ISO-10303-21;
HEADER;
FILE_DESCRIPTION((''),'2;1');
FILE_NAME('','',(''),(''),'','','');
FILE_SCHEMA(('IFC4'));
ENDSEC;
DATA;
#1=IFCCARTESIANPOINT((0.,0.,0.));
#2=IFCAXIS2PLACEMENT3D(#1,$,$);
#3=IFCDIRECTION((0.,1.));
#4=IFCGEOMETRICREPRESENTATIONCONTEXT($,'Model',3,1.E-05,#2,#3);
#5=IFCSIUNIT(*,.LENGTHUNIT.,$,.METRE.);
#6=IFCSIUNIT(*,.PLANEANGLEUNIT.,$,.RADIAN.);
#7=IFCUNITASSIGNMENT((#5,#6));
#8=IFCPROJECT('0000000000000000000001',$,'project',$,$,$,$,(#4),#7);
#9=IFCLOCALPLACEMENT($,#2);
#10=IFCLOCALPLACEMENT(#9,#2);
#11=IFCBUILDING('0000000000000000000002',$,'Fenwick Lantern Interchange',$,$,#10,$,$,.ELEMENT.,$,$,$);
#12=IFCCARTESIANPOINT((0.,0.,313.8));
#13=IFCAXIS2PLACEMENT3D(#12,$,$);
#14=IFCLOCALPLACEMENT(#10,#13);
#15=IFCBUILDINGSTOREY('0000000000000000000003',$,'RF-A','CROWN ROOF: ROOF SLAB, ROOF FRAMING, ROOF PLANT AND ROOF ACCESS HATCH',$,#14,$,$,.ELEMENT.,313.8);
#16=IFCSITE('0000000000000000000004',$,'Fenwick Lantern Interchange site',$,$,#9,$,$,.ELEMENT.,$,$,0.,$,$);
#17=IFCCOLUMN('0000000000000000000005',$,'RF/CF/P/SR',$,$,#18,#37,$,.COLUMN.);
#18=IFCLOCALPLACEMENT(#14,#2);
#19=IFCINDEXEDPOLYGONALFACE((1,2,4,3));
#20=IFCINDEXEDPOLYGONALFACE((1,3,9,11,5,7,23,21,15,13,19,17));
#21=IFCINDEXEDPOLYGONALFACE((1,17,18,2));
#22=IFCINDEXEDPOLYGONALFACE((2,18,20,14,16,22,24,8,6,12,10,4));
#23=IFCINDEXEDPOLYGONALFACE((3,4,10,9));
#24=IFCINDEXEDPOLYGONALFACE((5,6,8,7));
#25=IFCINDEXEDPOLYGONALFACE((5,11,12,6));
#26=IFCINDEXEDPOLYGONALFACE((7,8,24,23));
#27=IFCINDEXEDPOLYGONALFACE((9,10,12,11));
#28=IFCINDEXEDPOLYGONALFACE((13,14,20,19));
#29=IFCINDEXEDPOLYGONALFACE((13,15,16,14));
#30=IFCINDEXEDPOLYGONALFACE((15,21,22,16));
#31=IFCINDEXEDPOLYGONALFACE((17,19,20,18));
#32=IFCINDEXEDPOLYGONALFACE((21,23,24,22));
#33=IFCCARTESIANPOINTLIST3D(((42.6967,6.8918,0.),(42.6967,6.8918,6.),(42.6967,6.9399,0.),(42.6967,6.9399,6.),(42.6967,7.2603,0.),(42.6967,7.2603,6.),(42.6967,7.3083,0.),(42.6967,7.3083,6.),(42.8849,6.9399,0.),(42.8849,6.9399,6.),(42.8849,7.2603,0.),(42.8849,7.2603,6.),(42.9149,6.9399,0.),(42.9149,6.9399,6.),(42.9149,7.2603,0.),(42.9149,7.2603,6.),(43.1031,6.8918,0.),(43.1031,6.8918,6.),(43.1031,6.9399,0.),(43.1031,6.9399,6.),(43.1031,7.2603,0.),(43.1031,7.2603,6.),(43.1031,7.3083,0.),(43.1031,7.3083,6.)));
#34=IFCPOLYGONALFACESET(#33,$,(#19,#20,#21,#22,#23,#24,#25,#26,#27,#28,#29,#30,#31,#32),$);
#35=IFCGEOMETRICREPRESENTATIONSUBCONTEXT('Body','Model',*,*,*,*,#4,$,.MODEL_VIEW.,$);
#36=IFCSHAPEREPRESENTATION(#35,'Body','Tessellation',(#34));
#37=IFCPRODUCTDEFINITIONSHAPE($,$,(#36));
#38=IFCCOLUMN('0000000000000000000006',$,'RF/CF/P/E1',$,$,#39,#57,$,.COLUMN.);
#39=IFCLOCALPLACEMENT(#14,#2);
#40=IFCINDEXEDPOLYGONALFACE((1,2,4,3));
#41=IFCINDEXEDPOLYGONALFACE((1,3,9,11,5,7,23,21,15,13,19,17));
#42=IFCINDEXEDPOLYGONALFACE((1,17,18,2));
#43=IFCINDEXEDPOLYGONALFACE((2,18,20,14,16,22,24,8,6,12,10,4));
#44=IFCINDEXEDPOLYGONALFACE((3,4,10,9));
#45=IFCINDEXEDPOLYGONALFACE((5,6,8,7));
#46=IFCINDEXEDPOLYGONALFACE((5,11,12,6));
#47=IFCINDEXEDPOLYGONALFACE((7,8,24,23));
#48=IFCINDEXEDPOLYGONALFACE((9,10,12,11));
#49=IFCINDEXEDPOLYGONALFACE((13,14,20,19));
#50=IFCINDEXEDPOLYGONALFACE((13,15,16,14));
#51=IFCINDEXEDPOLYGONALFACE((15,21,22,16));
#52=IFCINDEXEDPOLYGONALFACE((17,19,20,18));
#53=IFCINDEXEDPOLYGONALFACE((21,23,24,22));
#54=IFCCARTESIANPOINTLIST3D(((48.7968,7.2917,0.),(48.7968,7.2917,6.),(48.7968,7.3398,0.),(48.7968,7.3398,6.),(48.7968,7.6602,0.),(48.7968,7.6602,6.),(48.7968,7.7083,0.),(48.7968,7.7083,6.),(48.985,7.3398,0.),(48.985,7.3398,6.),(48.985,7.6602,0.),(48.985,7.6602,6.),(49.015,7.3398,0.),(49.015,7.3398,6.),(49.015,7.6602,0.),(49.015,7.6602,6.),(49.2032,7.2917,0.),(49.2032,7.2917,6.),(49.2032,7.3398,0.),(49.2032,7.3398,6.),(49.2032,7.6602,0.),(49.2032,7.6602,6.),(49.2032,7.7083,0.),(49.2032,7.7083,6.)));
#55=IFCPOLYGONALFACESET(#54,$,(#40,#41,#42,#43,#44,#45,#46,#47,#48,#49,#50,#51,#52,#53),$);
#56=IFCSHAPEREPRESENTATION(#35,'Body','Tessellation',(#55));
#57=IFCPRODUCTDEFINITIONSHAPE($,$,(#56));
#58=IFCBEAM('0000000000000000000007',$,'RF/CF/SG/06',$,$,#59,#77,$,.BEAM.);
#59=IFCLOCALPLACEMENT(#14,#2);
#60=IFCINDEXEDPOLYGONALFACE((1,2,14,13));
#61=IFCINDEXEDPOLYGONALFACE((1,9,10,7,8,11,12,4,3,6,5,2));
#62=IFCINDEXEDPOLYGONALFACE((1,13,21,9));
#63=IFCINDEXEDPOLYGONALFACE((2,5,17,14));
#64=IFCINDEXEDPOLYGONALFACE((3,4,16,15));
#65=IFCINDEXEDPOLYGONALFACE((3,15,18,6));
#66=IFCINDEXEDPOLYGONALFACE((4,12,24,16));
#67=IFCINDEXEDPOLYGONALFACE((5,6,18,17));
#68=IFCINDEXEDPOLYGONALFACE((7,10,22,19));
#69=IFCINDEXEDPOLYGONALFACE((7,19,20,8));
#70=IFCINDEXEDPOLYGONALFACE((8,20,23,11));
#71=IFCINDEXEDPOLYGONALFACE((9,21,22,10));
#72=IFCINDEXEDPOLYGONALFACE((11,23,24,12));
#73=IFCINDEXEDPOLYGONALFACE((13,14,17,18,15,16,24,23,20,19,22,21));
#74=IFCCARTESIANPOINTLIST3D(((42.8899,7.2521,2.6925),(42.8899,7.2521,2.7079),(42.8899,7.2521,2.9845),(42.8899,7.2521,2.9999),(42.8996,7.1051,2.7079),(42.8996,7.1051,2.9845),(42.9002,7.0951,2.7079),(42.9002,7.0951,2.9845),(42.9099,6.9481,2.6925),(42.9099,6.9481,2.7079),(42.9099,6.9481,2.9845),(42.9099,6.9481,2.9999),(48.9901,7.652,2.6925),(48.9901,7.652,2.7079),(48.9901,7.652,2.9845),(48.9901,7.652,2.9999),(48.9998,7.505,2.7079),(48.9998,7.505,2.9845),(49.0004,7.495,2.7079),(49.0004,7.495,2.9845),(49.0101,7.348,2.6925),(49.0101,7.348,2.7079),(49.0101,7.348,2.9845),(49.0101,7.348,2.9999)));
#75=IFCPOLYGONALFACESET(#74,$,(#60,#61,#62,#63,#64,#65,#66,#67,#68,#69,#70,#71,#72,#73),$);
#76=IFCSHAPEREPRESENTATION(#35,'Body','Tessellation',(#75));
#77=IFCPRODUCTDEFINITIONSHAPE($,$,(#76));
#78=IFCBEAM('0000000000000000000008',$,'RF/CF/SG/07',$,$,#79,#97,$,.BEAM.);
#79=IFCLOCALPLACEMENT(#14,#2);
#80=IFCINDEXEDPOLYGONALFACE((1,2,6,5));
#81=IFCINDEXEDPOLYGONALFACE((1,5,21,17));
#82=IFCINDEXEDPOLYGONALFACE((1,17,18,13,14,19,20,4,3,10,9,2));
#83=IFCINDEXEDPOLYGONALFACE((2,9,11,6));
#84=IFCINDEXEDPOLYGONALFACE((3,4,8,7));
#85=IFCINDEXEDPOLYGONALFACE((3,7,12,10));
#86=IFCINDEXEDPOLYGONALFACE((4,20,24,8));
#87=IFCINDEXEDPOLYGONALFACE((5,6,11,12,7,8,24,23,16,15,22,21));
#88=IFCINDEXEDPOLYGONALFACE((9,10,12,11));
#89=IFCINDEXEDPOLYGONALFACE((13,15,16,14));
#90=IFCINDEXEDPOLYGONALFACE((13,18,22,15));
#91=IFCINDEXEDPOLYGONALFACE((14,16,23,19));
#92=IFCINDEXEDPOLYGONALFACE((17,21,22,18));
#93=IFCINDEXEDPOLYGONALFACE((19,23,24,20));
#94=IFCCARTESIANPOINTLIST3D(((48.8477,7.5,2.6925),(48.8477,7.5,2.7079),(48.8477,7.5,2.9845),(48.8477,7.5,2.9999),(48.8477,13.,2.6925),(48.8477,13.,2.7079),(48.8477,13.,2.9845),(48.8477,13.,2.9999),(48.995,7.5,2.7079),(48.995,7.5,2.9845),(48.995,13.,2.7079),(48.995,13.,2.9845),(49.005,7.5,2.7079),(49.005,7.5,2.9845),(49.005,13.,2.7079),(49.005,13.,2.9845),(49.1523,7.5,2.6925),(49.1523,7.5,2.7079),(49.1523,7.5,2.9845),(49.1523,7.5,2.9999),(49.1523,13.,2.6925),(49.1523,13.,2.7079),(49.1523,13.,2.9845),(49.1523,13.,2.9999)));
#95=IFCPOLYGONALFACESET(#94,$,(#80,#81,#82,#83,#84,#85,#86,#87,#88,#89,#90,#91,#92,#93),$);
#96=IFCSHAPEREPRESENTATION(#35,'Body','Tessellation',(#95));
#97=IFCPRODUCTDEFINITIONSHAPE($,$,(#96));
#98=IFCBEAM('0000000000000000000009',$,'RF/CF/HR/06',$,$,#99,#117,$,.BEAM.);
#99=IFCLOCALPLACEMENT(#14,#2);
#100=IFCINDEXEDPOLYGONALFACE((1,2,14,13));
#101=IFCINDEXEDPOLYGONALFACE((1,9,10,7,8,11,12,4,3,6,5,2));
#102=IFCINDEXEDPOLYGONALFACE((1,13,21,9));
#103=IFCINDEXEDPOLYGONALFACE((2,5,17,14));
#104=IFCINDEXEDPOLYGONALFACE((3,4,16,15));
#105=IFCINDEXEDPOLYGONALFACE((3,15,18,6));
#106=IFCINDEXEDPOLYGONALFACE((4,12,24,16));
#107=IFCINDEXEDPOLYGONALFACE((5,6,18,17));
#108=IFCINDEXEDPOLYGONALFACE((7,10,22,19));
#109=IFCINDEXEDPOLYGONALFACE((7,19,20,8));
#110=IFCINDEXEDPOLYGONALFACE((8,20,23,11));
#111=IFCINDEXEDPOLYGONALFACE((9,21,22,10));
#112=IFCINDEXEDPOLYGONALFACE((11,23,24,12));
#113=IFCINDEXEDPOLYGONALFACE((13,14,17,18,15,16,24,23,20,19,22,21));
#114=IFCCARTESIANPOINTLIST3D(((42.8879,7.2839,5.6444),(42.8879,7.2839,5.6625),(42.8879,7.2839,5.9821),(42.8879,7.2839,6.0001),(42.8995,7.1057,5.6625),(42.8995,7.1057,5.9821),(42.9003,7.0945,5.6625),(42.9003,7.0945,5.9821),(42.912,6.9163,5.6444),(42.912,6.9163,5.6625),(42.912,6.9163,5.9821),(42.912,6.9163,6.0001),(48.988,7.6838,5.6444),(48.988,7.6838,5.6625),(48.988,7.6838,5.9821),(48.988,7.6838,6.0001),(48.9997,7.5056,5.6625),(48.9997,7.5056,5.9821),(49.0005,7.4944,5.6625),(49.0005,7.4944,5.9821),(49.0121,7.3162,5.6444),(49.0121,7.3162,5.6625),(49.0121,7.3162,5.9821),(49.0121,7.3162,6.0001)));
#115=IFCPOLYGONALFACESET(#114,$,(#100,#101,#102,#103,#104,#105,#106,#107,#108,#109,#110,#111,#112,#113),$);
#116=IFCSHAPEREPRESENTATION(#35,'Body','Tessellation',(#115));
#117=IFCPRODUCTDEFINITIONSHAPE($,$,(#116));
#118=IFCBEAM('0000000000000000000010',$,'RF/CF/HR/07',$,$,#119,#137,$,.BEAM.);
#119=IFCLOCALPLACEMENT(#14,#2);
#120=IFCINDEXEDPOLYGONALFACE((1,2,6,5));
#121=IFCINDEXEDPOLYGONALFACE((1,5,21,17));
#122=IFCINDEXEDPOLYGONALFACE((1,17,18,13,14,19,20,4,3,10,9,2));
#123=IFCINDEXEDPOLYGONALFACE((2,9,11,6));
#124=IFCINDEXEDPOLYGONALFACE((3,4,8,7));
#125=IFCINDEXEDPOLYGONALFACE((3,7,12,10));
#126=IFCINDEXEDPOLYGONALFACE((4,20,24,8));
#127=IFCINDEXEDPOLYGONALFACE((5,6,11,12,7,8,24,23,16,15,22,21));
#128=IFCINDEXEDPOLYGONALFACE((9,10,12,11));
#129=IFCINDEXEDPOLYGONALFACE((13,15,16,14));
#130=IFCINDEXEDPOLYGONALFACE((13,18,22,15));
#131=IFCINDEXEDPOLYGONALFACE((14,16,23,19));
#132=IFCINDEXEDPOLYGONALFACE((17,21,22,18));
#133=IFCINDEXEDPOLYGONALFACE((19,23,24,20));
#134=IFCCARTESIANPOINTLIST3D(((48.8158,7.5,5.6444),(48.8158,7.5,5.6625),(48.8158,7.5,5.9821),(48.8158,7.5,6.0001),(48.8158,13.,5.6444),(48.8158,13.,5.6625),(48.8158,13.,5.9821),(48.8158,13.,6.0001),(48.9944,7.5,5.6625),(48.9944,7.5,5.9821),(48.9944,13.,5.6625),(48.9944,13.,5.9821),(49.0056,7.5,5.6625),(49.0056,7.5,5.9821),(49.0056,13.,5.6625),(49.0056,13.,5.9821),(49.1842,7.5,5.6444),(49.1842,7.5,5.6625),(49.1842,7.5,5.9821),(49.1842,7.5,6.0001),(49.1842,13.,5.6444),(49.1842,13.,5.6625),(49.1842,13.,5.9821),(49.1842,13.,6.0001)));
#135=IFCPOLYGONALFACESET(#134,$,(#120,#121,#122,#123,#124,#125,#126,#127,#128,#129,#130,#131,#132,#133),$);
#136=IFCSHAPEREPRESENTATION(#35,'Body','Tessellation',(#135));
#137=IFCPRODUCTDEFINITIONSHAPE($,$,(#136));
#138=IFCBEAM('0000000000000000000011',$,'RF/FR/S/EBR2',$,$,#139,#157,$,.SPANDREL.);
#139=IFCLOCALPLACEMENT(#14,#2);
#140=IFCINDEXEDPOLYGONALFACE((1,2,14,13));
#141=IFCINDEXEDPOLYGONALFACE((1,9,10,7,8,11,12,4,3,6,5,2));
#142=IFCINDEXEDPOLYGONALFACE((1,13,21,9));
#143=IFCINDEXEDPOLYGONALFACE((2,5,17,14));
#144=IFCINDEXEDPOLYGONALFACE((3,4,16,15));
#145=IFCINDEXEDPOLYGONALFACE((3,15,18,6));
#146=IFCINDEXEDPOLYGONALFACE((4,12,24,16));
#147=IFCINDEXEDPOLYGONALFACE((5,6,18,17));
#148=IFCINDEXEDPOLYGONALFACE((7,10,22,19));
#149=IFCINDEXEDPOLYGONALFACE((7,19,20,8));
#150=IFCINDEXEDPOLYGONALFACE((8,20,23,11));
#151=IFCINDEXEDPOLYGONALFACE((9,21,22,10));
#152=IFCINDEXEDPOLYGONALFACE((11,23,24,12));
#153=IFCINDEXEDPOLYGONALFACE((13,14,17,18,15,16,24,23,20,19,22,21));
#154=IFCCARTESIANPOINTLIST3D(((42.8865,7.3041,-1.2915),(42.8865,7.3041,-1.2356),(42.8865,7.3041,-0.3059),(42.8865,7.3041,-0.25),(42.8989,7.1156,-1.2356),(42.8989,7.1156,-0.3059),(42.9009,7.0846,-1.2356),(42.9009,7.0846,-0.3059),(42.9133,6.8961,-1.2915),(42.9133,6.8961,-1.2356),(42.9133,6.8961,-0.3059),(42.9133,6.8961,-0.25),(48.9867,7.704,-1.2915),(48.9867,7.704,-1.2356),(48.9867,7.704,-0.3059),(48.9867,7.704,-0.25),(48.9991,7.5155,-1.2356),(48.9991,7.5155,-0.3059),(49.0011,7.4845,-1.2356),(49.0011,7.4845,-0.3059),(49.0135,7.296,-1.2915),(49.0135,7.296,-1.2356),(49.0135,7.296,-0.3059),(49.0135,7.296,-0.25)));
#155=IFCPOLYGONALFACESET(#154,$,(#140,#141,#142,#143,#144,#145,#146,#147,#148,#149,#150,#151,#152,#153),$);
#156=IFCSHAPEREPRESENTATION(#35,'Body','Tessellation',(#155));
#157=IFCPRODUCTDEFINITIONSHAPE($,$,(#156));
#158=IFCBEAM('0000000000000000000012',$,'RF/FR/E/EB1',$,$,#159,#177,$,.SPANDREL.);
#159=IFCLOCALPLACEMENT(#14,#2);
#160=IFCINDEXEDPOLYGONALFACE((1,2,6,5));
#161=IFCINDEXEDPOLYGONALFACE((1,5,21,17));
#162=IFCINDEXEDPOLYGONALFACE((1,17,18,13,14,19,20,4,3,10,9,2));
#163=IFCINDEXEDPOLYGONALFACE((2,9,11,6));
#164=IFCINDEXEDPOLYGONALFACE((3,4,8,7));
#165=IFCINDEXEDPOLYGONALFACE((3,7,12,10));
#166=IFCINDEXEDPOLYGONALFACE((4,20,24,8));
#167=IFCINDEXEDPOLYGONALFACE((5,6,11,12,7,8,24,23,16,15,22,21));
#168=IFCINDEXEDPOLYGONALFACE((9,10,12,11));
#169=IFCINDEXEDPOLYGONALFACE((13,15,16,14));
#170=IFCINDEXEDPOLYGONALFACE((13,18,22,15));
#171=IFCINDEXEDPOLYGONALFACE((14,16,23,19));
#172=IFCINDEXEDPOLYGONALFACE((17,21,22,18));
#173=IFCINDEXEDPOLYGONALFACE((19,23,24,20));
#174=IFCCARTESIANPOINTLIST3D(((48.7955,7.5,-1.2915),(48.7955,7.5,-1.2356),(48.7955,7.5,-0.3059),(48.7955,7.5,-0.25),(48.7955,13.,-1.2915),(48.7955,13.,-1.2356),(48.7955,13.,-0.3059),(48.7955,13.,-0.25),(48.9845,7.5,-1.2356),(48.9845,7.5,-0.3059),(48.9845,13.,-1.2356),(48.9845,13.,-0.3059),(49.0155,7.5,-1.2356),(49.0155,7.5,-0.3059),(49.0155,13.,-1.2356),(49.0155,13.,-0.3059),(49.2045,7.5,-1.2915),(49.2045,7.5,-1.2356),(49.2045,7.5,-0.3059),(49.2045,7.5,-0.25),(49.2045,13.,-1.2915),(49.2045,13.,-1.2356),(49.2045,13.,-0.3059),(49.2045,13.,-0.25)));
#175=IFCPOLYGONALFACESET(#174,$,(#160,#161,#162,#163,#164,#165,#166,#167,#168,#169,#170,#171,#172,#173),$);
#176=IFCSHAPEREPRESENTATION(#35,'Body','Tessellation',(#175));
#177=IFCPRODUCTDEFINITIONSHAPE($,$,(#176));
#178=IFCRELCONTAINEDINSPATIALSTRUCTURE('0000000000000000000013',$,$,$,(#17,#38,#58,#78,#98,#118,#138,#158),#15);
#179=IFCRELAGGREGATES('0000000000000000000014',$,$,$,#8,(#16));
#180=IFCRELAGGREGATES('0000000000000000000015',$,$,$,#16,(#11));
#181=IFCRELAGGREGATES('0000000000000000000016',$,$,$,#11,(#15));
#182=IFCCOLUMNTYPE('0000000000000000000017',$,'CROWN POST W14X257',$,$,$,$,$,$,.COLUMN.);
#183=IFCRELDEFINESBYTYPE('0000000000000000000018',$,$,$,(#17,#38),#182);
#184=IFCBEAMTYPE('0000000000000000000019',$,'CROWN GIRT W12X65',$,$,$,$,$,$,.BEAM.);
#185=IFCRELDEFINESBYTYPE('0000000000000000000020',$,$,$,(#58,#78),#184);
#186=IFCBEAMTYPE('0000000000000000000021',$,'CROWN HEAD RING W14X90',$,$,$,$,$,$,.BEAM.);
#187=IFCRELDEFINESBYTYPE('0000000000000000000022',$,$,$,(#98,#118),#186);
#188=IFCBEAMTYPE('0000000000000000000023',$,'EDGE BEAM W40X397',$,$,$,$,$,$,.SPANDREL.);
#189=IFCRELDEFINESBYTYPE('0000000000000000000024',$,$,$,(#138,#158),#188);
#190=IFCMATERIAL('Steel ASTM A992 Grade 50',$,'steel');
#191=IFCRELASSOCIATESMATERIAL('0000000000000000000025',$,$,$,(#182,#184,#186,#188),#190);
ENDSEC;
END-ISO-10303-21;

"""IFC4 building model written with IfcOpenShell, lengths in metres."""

from ifc_helpers import new_model, si_unit, direction, frame, origin, origin_2d, place, context, subcontext, project, spatial, i_section, extrude, material, material_profile, profile_set, type_object, element, save


model = new_model("IFC4")

# Units and contexts
model_context = context("Model", 3, precision=1e-05, world=origin(), true_north=direction((0.0, 1.0)))
body_context = subcontext(model_context, "Body", "Model", "MODEL_VIEW")
ifc_project = project(units=[si_unit("LENGTHUNIT", "METRE"), si_unit("PLANEANGLEUNIT", "RADIAN")], contexts=[model_context])

# Site, building, storey
site_placement = place(None, origin())
site = spatial("IfcSite", under=ifc_project, at=site_placement, Name="Fenwick Lantern Interchange site", CompositionType="ELEMENT", RefElevation=0.0)
building_placement = place(site_placement, origin())
building = spatial("IfcBuilding", under=site, at=building_placement, Name="Fenwick Lantern Interchange", CompositionType="ELEMENT")
storey_placement = place(building_placement, frame((0.0, 0.0, 313.8)))
storey = spatial("IfcBuildingStorey", under=building, at=storey_placement, Name="RF-A", Description="CROWN ROOF: ROOF SLAB, ROOF FRAMING, ROOF PLANT AND ROOF ACCESS HATCH", CompositionType="ELEMENT", Elevation=313.8)

# Columns
ifc_material_1 = material(Name="Steel ASTM A992 Grade 50", Category="steel")
ifc_material_profile_1 = material_profile(ifc_material_1, i_section(OverallWidth=0.4065, OverallDepth=0.4165, WebThickness=0.03, FlangeThickness=0.0481, at=origin_2d()), Name="W14X257")
ifc_profile_set_1 = profile_set([ifc_material_profile_1], Name="Steel ASTM A992 Grade 50")
column_type = type_object("IfcColumnType", Name="CROWN POST W14X257", PredefinedType="COLUMN", material=ifc_profile_set_1)
for number, where, z_axis, x_axis, name in (
    (1, (42.8999, 7.1001, 0.0), (0.0, 0.0, 1.0), (1.0, 0.0, 0.0), "RF/CF/P/SR"),
    (2, (49.0, 7.5, 0.0), (0.0, 0.0, 1.0), (1.0, 0.0, 0.0), "RF/CF/P/E1"),
):
    element("IfcColumn", number, at=place(storey_placement, frame(where, z_axis=z_axis, x_axis=x_axis)), inside=storey, type_object=column_type, Name=name, PredefinedType="COLUMN", context=body_context, shape_type="SweptSolid", body=[
        extrude(i_section(OverallWidth=0.4065, OverallDepth=0.4165, WebThickness=0.03, FlangeThickness=0.0481, at=origin_2d()), origin(), (0.0, 0.0, 1.0), 6.0),
    ])

# Beams
ifc_material_profile_2 = material_profile(ifc_material_1, i_section(OverallWidth=0.3047, OverallDepth=0.3074, WebThickness=0.01, FlangeThickness=0.0154, at=origin_2d()), Name="W12X65")
ifc_profile_set_2 = profile_set([ifc_material_profile_2], Name="Steel ASTM A992 Grade 50")
beam_type_1 = type_object("IfcBeamType", Name="CROWN GIRT W12X65", PredefinedType="BEAM", material=ifc_profile_set_2)
beam_1_placement = place(storey_placement, frame((42.8999, 7.1001, 2.8462), z_axis=(0.997858, 0.065416, 0.0), x_axis=(-0.065416, 0.997858, 0.0)))
element("IfcBeam", 3, at=beam_1_placement, inside=storey, type_object=beam_type_1, Name="RF/CF/SG/06", PredefinedType="BEAM", context=body_context, shape_type="SweptSolid", body=[
    extrude(i_section(OverallWidth=0.3047, OverallDepth=0.3074, WebThickness=0.01, FlangeThickness=0.0154, at=origin_2d()), origin(), (0.0, 0.0, 1.0), 6.1133),
])
beam_2_placement = place(storey_placement, frame((49.0, 7.5, 2.8462), z_axis=(0.0, 1.0, 0.0), x_axis=(-1.0, 0.0, 0.0)))
element("IfcBeam", 4, at=beam_2_placement, inside=storey, type_object=beam_type_1, Name="RF/CF/SG/07", PredefinedType="BEAM", context=body_context, shape_type="SweptSolid", body=[
    extrude(i_section(OverallWidth=0.3047, OverallDepth=0.3074, WebThickness=0.01, FlangeThickness=0.0154, at=origin_2d()), origin(), (0.0, 0.0, 1.0), 5.5),
])
ifc_material_profile_3 = material_profile(ifc_material_1, i_section(OverallWidth=0.3684, OverallDepth=0.3557, WebThickness=0.0112, FlangeThickness=0.0181, at=origin_2d()), Name="W14X90")
ifc_profile_set_3 = profile_set([ifc_material_profile_3], Name="Steel ASTM A992 Grade 50")
beam_type_2 = type_object("IfcBeamType", Name="CROWN HEAD RING W14X90", PredefinedType="BEAM", material=ifc_profile_set_3)
beam_3_placement = place(storey_placement, frame((42.8999, 7.1001, 5.8223), z_axis=(0.997858, 0.065416, 0.0), x_axis=(-0.065416, 0.997858, 0.0)))
element("IfcBeam", 5, at=beam_3_placement, inside=storey, type_object=beam_type_2, Name="RF/CF/HR/06", PredefinedType="BEAM", context=body_context, shape_type="SweptSolid", body=[
    extrude(i_section(OverallWidth=0.3684, OverallDepth=0.3557, WebThickness=0.0112, FlangeThickness=0.0181, at=origin_2d()), origin(), (0.0, 0.0, 1.0), 6.1133),
])
beam_4_placement = place(storey_placement, frame((49.0, 7.5, 5.8223), z_axis=(0.0, 1.0, 0.0), x_axis=(-1.0, 0.0, 0.0)))
element("IfcBeam", 6, at=beam_4_placement, inside=storey, type_object=beam_type_2, Name="RF/CF/HR/07", PredefinedType="BEAM", context=body_context, shape_type="SweptSolid", body=[
    extrude(i_section(OverallWidth=0.3684, OverallDepth=0.3557, WebThickness=0.0112, FlangeThickness=0.0181, at=origin_2d()), origin(), (0.0, 0.0, 1.0), 5.5),
])
ifc_material_profile_4 = material_profile(ifc_material_1, i_section(OverallWidth=0.4089, OverallDepth=1.0415, WebThickness=0.031, FlangeThickness=0.0559, at=origin_2d()), Name="W40X397")
ifc_profile_set_4 = profile_set([ifc_material_profile_4], Name="Steel ASTM A992 Grade 50")
beam_type_3 = type_object("IfcBeamType", Name="EDGE BEAM W40X397", PredefinedType="SPANDREL", material=ifc_profile_set_4)
beam_5_placement = place(storey_placement, frame((42.8999, 7.1001, -0.7708), z_axis=(0.997858, 0.065416, 0.0), x_axis=(-0.065416, 0.997858, 0.0)))
element("IfcBeam", 7, at=beam_5_placement, inside=storey, type_object=beam_type_3, Name="RF/FR/S/EBR2", PredefinedType="SPANDREL", context=body_context, shape_type="SweptSolid", body=[
    extrude(i_section(OverallWidth=0.4089, OverallDepth=1.0415, WebThickness=0.031, FlangeThickness=0.0559, at=origin_2d()), origin(), (0.0, 0.0, 1.0), 6.1133),
])
beam_6_placement = place(storey_placement, frame((49.0, 7.5, -0.7708), z_axis=(0.0, 1.0, 0.0), x_axis=(-1.0, 0.0, 0.0)))
element("IfcBeam", 8, at=beam_6_placement, inside=storey, type_object=beam_type_3, Name="RF/FR/E/EB1", PredefinedType="SPANDREL", context=body_context, shape_type="SweptSolid", body=[
    extrude(i_section(OverallWidth=0.4089, OverallDepth=1.0415, WebThickness=0.031, FlangeThickness=0.0559, at=origin_2d()), origin(), (0.0, 0.0, 1.0), 5.5),
])

save(model, "model.ifc")
